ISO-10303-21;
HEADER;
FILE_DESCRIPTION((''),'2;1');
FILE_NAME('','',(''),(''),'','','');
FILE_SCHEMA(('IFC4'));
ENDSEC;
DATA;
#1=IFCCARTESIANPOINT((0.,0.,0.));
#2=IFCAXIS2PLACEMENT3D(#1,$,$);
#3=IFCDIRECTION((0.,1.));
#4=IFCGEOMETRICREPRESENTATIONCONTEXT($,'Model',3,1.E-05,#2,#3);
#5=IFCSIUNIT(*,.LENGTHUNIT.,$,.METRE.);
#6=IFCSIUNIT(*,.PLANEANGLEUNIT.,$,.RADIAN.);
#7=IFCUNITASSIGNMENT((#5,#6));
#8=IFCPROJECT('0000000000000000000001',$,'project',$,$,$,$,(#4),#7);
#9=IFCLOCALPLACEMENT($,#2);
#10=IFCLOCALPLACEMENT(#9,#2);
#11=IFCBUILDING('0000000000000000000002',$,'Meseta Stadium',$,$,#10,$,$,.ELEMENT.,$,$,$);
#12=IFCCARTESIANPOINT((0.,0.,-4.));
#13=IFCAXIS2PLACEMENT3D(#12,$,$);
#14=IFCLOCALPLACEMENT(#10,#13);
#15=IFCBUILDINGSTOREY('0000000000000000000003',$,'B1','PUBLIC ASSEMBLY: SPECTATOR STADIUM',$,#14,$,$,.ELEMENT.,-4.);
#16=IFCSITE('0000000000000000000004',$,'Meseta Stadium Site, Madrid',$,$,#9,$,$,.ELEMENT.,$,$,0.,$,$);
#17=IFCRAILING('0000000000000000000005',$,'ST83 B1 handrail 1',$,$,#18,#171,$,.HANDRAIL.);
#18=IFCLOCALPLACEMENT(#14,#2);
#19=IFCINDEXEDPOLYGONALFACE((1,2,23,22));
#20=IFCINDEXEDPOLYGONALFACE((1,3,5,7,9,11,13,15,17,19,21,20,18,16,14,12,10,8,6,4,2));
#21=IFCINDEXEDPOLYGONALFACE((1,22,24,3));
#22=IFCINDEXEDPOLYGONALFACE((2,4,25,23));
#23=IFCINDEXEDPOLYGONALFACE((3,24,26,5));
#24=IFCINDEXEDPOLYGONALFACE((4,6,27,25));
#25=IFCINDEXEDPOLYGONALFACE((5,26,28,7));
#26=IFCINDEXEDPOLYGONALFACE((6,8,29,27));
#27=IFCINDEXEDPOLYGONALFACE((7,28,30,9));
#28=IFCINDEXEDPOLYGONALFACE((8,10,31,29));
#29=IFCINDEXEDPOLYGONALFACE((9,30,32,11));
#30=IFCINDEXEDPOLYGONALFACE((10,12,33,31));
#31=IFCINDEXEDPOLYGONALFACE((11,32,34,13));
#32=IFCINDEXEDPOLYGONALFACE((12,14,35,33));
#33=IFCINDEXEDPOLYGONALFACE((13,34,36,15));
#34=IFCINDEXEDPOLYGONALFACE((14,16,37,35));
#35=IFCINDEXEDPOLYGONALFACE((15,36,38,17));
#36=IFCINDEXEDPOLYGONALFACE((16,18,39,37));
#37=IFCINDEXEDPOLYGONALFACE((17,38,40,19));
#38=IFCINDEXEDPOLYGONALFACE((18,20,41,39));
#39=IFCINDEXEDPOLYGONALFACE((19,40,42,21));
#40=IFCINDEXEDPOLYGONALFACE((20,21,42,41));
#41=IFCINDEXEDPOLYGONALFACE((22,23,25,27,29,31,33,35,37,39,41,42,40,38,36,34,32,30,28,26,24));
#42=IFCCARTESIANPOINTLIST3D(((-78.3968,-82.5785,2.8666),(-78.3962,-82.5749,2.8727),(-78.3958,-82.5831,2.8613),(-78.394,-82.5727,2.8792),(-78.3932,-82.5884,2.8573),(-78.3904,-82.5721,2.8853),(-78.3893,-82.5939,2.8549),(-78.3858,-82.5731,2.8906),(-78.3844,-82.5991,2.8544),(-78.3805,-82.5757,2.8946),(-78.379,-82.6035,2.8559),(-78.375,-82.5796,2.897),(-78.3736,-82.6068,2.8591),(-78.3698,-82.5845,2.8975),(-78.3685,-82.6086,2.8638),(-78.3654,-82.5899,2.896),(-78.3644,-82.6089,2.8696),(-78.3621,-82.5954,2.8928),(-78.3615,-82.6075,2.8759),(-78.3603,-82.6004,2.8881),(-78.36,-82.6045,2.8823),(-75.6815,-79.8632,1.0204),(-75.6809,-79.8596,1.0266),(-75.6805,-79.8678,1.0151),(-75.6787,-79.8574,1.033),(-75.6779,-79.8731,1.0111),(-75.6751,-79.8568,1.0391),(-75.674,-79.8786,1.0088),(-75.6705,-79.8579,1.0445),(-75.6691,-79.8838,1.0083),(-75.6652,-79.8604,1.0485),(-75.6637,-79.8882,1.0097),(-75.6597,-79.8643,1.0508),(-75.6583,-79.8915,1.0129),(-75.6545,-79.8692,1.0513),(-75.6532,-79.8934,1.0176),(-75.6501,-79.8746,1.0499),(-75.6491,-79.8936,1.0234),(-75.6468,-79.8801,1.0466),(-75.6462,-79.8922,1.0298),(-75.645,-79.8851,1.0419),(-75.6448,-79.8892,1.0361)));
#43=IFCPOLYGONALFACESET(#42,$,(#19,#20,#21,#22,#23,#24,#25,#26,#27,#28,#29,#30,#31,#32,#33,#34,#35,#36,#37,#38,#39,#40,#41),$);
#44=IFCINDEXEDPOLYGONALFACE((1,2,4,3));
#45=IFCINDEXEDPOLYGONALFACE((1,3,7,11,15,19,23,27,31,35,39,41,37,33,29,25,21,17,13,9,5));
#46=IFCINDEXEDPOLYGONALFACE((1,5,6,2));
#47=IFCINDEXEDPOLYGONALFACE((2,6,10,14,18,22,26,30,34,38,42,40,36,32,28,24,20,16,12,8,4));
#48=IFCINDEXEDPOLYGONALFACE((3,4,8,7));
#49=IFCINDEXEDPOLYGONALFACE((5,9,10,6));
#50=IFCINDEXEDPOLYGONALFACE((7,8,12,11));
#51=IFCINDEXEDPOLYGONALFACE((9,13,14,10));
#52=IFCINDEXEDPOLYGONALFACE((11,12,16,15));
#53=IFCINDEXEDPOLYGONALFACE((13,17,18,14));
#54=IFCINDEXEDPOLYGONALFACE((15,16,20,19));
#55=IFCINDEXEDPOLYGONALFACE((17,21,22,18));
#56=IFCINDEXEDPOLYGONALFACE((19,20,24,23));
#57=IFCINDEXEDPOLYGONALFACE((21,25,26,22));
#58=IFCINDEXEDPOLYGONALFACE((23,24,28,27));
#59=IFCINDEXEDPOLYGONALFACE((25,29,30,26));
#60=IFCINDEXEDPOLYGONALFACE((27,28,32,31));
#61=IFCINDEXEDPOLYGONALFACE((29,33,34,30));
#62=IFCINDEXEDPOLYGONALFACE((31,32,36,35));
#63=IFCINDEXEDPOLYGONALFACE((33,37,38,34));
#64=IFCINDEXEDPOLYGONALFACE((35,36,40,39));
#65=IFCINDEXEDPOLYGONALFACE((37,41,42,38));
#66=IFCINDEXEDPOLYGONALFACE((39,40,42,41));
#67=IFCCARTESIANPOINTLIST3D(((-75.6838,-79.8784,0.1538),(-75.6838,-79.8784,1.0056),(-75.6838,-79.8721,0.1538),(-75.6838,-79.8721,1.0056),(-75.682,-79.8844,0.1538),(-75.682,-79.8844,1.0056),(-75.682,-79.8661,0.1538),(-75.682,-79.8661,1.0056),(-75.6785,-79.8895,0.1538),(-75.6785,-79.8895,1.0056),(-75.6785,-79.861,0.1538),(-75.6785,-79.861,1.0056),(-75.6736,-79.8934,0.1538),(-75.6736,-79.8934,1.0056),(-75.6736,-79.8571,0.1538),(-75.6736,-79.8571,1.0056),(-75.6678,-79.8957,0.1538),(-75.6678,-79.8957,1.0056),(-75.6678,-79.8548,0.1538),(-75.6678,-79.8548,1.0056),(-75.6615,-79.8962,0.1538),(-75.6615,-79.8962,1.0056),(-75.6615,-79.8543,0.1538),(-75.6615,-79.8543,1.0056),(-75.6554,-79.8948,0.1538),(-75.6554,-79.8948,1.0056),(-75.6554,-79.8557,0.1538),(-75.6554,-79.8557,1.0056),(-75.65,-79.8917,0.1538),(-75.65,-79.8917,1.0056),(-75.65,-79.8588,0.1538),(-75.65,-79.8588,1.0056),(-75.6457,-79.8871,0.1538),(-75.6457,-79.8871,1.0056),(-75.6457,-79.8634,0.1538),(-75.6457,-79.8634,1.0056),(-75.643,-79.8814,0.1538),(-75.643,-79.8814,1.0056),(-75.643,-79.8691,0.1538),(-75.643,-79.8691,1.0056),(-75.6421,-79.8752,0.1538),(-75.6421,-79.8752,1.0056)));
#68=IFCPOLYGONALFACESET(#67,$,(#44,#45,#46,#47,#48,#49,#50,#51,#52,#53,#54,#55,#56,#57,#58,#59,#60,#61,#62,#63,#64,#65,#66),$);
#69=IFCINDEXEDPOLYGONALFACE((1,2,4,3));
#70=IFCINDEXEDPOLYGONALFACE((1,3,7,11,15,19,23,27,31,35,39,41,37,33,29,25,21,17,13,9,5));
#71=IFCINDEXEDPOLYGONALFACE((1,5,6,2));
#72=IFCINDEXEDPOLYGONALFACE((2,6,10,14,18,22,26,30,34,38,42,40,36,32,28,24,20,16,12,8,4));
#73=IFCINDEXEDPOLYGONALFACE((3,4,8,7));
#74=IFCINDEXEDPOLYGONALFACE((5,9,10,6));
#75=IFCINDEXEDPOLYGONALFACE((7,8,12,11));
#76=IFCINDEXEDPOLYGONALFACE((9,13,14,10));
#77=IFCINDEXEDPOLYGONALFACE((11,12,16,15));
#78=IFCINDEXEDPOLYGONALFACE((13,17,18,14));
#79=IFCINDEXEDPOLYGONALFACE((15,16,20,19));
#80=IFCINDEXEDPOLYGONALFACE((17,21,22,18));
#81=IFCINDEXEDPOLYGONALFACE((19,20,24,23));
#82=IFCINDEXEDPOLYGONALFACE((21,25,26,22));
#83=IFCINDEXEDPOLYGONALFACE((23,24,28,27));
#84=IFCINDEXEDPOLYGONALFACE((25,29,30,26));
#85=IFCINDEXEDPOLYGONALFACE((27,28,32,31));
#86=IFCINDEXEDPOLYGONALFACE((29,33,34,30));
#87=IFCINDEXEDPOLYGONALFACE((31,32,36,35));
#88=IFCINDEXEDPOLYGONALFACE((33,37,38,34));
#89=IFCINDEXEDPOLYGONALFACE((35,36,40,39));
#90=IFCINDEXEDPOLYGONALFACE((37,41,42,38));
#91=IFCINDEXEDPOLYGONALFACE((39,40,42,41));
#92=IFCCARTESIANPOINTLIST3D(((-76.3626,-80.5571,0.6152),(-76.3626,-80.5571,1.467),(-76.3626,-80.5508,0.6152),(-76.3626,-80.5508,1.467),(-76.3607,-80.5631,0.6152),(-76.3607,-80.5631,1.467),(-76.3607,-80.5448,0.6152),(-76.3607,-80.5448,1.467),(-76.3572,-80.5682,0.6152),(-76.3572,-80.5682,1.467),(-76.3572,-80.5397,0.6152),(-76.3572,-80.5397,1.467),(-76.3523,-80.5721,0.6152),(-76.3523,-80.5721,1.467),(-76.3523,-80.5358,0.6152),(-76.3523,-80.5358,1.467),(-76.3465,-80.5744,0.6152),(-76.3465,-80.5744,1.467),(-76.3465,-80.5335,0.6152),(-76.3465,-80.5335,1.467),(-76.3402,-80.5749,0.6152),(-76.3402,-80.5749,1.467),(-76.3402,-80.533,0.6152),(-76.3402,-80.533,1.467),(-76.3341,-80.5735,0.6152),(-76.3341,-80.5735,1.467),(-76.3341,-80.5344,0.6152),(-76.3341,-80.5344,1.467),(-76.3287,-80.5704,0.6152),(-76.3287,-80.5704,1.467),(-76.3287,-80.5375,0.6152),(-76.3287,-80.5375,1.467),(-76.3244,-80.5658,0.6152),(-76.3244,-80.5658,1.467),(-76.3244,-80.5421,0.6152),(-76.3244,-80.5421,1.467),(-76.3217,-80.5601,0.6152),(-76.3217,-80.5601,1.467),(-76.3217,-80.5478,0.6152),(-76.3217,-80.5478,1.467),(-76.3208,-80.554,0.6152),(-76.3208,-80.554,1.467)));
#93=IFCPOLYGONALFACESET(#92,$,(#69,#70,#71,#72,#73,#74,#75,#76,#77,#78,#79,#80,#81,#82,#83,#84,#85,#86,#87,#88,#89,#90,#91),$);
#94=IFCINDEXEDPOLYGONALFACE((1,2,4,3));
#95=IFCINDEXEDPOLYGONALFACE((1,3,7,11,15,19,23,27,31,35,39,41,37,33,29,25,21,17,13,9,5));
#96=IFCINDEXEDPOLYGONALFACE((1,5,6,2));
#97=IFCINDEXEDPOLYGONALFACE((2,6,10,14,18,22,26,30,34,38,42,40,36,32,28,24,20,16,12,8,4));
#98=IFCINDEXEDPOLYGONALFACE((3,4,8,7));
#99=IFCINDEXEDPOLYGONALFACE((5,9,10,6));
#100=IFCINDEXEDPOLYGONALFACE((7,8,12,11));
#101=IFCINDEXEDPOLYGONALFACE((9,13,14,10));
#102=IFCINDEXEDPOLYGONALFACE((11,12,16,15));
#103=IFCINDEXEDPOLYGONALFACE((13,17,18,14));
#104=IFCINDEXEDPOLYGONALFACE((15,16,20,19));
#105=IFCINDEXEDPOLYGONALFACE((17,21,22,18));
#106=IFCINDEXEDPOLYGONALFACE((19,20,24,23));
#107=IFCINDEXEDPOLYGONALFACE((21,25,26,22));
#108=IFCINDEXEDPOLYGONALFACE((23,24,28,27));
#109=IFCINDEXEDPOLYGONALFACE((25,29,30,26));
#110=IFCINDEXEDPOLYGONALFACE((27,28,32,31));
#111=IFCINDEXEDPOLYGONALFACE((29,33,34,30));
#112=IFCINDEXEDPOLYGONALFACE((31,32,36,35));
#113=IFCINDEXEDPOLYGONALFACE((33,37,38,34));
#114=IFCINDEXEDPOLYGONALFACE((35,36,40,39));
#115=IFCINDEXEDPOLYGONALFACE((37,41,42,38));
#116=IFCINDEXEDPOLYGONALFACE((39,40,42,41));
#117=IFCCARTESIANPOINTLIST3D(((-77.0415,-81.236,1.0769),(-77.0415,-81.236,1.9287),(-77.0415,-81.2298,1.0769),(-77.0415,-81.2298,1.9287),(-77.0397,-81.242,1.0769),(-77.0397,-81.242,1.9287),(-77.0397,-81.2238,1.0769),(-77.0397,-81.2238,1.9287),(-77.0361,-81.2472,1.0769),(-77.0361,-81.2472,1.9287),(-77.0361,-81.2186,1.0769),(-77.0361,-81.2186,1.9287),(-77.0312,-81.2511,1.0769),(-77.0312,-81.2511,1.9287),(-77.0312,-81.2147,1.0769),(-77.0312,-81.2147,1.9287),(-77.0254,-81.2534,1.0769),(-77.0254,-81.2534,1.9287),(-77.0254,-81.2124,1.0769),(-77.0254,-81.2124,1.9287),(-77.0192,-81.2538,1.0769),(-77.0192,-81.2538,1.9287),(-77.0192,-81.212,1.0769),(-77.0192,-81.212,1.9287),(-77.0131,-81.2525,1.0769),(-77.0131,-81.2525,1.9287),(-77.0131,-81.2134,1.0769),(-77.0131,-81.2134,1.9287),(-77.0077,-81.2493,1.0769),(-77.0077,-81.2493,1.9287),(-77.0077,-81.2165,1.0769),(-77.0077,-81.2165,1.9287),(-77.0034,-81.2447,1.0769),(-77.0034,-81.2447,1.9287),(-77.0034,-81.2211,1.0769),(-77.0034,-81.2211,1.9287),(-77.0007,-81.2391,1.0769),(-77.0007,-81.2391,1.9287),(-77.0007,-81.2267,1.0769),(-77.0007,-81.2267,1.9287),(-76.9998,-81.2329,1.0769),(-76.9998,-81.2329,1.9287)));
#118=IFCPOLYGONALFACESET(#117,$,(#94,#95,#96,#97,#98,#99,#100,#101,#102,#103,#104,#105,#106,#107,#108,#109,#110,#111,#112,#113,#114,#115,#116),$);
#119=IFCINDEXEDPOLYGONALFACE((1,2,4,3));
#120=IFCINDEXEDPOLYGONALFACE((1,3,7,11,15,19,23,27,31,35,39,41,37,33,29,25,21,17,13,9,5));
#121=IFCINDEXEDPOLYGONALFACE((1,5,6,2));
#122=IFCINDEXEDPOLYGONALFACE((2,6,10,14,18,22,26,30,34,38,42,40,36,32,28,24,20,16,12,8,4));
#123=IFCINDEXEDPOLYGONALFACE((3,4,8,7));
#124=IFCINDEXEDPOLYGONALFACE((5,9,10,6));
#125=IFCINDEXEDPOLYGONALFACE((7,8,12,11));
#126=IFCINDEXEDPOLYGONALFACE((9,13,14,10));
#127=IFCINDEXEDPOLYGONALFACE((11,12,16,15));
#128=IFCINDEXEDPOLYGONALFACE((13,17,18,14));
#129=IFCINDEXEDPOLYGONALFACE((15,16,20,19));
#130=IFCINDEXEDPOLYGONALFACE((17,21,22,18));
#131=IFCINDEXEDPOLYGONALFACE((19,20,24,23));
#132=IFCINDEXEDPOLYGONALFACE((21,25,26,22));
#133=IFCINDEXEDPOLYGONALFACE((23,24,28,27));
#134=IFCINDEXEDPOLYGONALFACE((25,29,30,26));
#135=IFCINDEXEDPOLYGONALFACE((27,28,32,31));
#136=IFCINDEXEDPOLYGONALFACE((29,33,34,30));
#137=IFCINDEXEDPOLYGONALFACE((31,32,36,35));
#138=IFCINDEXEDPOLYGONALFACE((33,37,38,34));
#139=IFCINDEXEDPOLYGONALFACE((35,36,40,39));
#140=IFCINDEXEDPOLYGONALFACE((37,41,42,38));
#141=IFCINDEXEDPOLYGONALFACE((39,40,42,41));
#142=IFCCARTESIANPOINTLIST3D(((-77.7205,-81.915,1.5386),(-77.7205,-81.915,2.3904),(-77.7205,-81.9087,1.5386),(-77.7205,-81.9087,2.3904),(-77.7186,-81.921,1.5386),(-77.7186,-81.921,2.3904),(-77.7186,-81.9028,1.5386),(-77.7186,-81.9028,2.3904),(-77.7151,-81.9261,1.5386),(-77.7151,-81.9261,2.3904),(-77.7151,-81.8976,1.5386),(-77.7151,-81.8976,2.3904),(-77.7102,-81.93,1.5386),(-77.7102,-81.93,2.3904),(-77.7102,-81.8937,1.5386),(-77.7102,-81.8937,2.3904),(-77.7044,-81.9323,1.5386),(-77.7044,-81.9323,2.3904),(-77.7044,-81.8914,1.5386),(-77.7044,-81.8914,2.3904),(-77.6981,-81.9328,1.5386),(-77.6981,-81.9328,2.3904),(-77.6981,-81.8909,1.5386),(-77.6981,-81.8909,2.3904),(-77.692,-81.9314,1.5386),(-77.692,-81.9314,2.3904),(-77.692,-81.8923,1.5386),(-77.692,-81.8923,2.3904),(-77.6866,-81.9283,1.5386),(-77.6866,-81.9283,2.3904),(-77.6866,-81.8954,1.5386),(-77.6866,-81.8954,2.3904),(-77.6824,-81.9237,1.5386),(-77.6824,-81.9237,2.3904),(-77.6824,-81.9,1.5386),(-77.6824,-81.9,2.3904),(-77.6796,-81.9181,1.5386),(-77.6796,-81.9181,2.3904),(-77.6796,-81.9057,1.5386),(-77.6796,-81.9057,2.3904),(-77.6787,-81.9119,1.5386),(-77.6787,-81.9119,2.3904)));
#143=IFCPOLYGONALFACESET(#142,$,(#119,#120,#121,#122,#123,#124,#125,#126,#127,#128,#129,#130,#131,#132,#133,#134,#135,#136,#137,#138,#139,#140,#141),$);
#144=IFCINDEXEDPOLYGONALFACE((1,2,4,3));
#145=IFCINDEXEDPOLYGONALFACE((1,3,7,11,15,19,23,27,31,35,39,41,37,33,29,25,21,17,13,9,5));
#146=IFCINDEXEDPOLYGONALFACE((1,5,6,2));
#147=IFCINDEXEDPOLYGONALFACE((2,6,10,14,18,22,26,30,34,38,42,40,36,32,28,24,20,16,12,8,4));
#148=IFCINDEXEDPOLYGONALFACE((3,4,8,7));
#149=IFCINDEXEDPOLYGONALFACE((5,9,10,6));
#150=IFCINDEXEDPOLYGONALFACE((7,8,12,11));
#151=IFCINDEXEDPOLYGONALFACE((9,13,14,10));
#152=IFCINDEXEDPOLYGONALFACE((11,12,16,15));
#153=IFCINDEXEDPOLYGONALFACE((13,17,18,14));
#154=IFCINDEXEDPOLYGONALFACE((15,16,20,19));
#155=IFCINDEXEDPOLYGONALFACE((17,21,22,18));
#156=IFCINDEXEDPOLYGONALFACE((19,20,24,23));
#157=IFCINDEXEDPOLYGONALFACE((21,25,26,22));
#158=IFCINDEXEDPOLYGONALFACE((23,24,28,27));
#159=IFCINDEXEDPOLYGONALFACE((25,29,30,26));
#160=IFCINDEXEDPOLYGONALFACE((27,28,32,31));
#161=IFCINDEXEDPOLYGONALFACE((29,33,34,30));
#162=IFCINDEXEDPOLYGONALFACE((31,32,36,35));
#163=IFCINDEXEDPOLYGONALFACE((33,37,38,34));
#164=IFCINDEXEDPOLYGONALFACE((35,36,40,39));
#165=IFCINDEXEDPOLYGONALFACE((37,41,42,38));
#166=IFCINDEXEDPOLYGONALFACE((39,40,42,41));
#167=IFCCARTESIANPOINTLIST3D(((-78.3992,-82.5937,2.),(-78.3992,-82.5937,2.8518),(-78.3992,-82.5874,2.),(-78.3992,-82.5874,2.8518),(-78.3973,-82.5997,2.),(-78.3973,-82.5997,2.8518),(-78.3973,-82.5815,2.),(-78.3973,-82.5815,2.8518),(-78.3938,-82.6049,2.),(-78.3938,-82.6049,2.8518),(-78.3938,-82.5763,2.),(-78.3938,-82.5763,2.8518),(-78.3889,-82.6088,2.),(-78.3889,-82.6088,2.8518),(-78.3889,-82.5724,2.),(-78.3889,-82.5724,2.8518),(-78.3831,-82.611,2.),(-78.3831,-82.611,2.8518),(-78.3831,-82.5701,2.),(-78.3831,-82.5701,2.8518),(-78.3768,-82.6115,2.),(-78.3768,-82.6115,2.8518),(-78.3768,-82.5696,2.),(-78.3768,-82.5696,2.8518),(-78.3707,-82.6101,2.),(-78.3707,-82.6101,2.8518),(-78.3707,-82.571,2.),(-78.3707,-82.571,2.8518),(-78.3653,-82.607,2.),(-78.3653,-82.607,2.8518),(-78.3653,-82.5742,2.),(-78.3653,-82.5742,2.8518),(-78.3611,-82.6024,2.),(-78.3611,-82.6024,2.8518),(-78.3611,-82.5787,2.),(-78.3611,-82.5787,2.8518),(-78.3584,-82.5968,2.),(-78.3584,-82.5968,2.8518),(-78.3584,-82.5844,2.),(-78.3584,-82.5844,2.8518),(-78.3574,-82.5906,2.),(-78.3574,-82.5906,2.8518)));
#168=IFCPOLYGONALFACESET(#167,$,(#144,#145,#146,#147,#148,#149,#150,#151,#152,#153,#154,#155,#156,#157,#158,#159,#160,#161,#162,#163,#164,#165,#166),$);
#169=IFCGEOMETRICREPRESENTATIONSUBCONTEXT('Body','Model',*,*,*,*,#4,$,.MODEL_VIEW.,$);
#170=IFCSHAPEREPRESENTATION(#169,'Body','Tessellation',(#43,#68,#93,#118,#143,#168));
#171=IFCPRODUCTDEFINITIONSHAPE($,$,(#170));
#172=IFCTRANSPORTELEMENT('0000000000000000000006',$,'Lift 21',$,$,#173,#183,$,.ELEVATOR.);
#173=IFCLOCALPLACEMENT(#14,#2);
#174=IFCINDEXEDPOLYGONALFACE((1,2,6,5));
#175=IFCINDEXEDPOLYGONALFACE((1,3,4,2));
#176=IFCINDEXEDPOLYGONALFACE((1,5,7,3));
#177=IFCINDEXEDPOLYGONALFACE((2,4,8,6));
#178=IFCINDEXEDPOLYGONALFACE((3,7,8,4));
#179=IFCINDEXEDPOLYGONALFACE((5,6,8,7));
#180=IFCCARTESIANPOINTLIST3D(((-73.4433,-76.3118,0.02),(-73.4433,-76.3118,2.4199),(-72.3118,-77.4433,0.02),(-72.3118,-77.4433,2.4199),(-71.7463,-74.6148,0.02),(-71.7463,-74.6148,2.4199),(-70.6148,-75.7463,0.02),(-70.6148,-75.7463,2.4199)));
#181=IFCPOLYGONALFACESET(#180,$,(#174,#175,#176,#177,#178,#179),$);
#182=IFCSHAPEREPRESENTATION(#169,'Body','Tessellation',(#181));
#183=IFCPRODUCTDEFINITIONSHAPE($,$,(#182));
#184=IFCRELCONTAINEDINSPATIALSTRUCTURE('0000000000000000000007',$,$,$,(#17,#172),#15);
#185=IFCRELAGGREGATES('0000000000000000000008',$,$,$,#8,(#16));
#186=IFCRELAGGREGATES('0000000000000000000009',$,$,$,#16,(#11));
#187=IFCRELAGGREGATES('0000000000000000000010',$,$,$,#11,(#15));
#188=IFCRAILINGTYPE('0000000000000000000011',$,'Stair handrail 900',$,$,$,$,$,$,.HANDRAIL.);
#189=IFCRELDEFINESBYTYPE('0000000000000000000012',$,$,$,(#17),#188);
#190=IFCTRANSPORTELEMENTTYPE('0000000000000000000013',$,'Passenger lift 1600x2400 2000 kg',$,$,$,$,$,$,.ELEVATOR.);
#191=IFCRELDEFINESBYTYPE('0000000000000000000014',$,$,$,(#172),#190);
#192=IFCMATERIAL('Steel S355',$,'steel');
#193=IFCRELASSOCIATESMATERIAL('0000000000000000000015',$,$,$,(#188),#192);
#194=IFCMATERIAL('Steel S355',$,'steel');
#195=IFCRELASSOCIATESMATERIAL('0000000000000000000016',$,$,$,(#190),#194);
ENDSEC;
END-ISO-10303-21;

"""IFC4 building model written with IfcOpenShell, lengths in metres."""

from ifc_helpers import new_model, si_unit, direction, frame, origin, origin_2d, place, context, subcontext, project, spatial, rectangle, circle, extrude, material, type_object, element, save


model = new_model("IFC4")

# Units and contexts
model_context = context("Model", 3, precision=1e-05, world=origin(), true_north=direction((0.0, 1.0)))
body_context = subcontext(model_context, "Body", "Model", "MODEL_VIEW")
ifc_project = project(units=[si_unit("LENGTHUNIT", "METRE"), si_unit("PLANEANGLEUNIT", "RADIAN")], contexts=[model_context])

# Site, building, storey
site_placement = place(None, origin())
site = spatial("IfcSite", under=ifc_project, at=site_placement, Name="Meseta Stadium Site, Madrid", CompositionType="ELEMENT", RefElevation=0.0)
building_placement = place(site_placement, origin())
building = spatial("IfcBuilding", under=site, at=building_placement, Name="Meseta Stadium", CompositionType="ELEMENT")
storey_placement = place(building_placement, frame((0.0, 0.0, -4.0)))
storey = spatial("IfcBuildingStorey", under=building, at=storey_placement, Name="B1", Description="PUBLIC ASSEMBLY: SPECTATOR STADIUM", CompositionType="ELEMENT", Elevation=-4.0)

# Railing
ifc_material_1 = material(Name="Steel S355", Category="steel")
railing_type_1 = type_object("IfcRailingType", Name="Stair handrail 900", PredefinedType="HANDRAIL", material=ifc_material_1)
railing_1_placement = place(storey_placement, frame((-75.6631, -79.8752, 0.1538)))
element("IfcRailing", 1, at=railing_1_placement, inside=storey, type_object=railing_type_1, Name="ST83 B1 handrail 1", PredefinedType="HANDRAIL", context=body_context, shape_type="SweptSolid", body=[
    extrude(circle(Radius=0.0239, at=origin_2d()), frame((0.0, 0.0, 0.876), z_axis=(-0.637281, -0.637281, 0.433296), x_axis=(0.707107, -0.707107, 0.0)), (0.0, 0.0, 1.0), 4.2607),
    extrude(circle(Radius=0.021, at=origin_2d()), origin(), (0.0, 0.0, 1.0), 0.8518),
    extrude(circle(Radius=0.021, at=origin_2d()), frame((-0.6787, -0.6787, 0.4614)), (0.0, 0.0, 1.0), 0.8518),
    extrude(circle(Radius=0.021, at=origin_2d()), frame((-1.3577, -1.3577, 0.9231)), (0.0, 0.0, 1.0), 0.8518),
    extrude(circle(Radius=0.021, at=origin_2d()), frame((-2.0366, -2.0366, 1.3848)), (0.0, 0.0, 1.0), 0.8518),
    extrude(circle(Radius=0.021, at=origin_2d()), frame((-2.7153, -2.7153, 1.8462)), (0.0, 0.0, 1.0), 0.8518),
])

# Transport element
ifc_material_2 = material(Name="Steel S355", Category="steel")
transport_element_type = type_object("IfcTransportElementType", Name="Passenger lift 1600x2400 2000 kg", PredefinedType="ELEVATOR", material=ifc_material_2)
transport_element_placement = place(storey_placement, frame((-72.0291, -76.0291, 0.02), z_axis=(0.0, 0.0, 1.0), x_axis=(0.707107, 0.707107, 0.0)))
element("IfcTransportElement", 2, at=transport_element_placement, inside=storey, type_object=transport_element_type, Name="Lift 21", PredefinedType="ELEVATOR", context=body_context, shape_type="SweptSolid", body=[
    extrude(rectangle(XDim=2.3999, YDim=1.6001, at=origin_2d()), origin(), (0.0, 0.0, 1.0), 2.3999),
])

save(model, "model.ifc")
